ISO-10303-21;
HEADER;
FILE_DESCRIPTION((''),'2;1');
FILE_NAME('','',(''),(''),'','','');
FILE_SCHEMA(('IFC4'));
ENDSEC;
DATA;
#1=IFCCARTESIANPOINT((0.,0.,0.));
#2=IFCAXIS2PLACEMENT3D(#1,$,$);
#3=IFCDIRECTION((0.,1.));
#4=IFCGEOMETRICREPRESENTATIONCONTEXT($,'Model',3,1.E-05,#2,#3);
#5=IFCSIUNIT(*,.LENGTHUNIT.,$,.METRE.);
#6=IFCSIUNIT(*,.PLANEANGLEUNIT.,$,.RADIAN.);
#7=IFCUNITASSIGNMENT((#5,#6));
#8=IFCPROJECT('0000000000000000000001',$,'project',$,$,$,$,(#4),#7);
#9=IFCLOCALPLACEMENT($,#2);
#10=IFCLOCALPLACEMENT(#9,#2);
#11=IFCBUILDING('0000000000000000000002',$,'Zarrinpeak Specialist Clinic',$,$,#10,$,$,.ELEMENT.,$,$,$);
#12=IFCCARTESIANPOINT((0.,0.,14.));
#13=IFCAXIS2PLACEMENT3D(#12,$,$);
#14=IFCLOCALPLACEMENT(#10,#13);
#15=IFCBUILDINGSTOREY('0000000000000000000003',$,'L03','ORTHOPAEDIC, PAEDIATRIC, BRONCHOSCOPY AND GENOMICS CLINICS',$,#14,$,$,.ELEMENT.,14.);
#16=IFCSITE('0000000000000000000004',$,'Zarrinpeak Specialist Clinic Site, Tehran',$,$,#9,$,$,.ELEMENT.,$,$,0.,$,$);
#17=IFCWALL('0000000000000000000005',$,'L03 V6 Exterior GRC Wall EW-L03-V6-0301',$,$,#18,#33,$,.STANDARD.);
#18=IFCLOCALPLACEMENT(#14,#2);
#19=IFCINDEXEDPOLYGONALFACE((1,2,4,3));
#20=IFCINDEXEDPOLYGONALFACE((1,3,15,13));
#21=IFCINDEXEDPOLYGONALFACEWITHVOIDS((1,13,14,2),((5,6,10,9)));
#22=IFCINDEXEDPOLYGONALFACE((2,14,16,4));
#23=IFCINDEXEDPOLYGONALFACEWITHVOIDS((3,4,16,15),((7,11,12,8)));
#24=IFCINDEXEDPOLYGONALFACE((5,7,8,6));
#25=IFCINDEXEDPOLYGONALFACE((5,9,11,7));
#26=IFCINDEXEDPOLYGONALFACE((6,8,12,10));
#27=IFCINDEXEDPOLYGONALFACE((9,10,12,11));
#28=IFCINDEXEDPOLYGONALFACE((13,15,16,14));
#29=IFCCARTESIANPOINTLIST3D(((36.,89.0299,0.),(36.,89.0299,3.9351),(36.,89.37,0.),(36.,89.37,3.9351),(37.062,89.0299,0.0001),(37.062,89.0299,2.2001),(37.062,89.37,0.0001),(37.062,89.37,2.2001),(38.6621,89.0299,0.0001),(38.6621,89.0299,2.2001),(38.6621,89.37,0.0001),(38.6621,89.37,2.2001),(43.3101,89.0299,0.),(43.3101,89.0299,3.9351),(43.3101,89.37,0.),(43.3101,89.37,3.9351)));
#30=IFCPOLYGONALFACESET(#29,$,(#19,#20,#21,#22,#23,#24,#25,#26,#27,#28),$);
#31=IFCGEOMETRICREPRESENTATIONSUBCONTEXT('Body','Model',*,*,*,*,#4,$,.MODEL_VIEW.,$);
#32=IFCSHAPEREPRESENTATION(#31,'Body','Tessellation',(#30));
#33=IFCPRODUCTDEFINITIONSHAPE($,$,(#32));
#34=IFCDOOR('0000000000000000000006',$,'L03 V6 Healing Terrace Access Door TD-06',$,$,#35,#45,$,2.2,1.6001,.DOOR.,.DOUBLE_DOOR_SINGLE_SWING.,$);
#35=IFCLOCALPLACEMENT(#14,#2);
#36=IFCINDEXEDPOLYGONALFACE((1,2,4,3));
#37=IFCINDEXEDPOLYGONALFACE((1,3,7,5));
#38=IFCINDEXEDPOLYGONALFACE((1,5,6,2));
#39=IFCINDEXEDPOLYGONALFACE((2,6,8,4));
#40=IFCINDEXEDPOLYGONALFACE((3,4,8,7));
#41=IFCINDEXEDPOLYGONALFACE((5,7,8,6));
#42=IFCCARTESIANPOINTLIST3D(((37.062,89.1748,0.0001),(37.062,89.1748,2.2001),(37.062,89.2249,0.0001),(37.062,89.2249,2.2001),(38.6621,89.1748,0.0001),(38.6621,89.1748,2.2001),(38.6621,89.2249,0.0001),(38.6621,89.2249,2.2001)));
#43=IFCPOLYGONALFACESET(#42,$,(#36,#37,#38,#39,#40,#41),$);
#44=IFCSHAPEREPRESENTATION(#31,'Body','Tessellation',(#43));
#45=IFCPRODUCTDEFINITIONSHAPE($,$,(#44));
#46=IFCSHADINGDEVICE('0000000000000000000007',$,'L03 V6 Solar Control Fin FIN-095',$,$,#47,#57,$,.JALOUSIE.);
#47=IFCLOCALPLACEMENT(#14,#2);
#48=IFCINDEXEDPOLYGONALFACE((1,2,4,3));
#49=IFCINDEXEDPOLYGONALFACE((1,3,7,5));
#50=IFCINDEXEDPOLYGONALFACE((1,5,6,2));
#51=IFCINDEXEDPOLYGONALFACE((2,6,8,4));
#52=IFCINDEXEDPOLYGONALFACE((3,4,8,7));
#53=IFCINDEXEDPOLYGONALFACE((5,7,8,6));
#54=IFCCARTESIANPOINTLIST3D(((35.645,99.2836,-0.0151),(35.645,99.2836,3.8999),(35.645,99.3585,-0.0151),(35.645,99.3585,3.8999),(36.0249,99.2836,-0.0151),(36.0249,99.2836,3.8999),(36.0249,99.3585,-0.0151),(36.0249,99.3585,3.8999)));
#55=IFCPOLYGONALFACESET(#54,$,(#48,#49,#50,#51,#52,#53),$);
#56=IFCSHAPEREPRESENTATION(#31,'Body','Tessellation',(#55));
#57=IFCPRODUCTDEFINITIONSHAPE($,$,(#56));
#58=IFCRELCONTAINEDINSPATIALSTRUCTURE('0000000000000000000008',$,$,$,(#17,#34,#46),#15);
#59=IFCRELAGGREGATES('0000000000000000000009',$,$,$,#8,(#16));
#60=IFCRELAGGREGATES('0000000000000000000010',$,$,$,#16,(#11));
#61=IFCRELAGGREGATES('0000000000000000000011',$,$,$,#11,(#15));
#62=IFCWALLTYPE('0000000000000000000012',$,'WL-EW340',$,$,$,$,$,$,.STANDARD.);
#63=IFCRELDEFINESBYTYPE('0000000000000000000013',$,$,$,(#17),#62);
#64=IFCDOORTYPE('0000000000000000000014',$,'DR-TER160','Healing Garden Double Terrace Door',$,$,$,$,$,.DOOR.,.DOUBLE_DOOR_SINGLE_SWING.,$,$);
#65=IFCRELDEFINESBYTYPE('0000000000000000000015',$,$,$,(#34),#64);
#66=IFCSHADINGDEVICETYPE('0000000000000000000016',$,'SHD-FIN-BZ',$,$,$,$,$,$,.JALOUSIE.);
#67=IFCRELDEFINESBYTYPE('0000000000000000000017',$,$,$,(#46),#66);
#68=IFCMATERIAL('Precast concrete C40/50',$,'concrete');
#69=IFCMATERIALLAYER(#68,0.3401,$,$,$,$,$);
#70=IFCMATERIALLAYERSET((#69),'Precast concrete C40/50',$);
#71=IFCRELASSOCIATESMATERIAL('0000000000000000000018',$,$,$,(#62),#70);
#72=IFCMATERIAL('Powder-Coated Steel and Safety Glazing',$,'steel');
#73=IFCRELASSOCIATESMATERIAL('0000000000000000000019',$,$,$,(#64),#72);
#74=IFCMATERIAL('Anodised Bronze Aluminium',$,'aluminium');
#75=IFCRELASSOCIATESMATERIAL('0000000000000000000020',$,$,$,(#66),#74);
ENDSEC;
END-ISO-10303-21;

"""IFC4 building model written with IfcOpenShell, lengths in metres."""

from ifc_helpers import new_model, si_unit, direction, frame, frame_2d, origin, origin_2d, place, context, subcontext, project, spatial, rectangle, extrude, material, layer, layer_set, type_object, element, fill, save


model = new_model("IFC4")

# Units and contexts
model_context = context("Model", 3, precision=1e-05, world=origin(), true_north=direction((0.0, 1.0)))
body_context = subcontext(model_context, "Body", "Model", "MODEL_VIEW")
ifc_project = project(units=[si_unit("LENGTHUNIT", "METRE"), si_unit("PLANEANGLEUNIT", "RADIAN")], contexts=[model_context])

# Site, building, storey
site_placement = place(None, origin())
site = spatial("IfcSite", under=ifc_project, at=site_placement, Name="Zarrinpeak Specialist Clinic Site, Tehran", CompositionType="ELEMENT", RefElevation=0.0)
building_placement = place(site_placement, origin())
building = spatial("IfcBuilding", under=site, at=building_placement, Name="Zarrinpeak Specialist Clinic", CompositionType="ELEMENT")
storey_placement = place(building_placement, frame((0.0, 0.0, 14.0)))
storey = spatial("IfcBuildingStorey", under=building, at=storey_placement, Name="L03", Description="ORTHOPAEDIC, PAEDIATRIC, BRONCHOSCOPY AND GENOMICS CLINICS", CompositionType="ELEMENT", Elevation=14.0)

# Shared definitions
ifc_material_1 = material(Name="Precast concrete C40/50", Category="concrete")
ifc_layer_1 = layer(ifc_material_1, 0.3401)
ifc_layer_set_1 = layer_set([ifc_layer_1], Name="Precast concrete C40/50")
wall_type = type_object("IfcWallType", Name="WL-EW340", PredefinedType="STANDARD", material=ifc_layer_set_1)

# Wall, opening, door
wall_1_placement = place(storey_placement, frame((36.0, 89.2, 0.0), z_axis=(0.0, 0.0, 1.0), x_axis=(1.0, 0.0, 0.0)))
wall_1 = element("IfcWall", 1, at=wall_1_placement, inside=storey, type_object=wall_type, Name="L03 V6 Exterior GRC Wall EW-L03-V6-0301", PredefinedType="STANDARD", context=body_context, shape_type="SweptSolid", body=[
    extrude(rectangle(XDim=7.3101, YDim=0.3401, at=frame_2d((3.655, 0.0))), origin(), (0.0, 0.0, 1.0), 3.9351),
])
opening_1_placement = place(wall_1_placement, frame((1.062, 0.0, 0.0)))
opening_1 = element("IfcOpeningElement", 2, at=opening_1_placement, cuts=wall_1, PredefinedType="OPENING", context=body_context, shape_type="SweptSolid", body=[
    extrude(rectangle(XDim=1.6001, YDim=2.2, at=frame_2d((0.8, 1.1001))), frame((0.0, 0.1802, 0.0), z_axis=(0.0, -1.0, 0.0), x_axis=(1.0, 0.0, 0.0)), (0.0, 0.0, 1.0), 0.3601),
])
ifc_material_2 = material(Name="Powder-Coated Steel and Safety Glazing", Category="steel")
door_type = type_object("IfcDoorType", Name="DR-TER160", Description="Healing Garden Double Terrace Door", OperationType="DOUBLE_DOOR_SINGLE_SWING", PredefinedType="DOOR", material=ifc_material_2)
door_placement = place(opening_1_placement, origin())
door = element("IfcDoor", 3, at=door_placement, inside=storey, type_object=door_type, Name="L03 V6 Healing Terrace Access Door TD-06", OperationType="DOUBLE_DOOR_SINGLE_SWING", OverallHeight=2.2, OverallWidth=1.6001, PredefinedType="DOOR", context=body_context, shape_type="SweptSolid", body=[
    extrude(rectangle(XDim=1.6001, YDim=2.2, at=frame_2d((0.8, 1.1001))), frame((0.0, 0.0249, 0.0), z_axis=(0.0, -1.0, 0.0), x_axis=(1.0, 0.0, 0.0)), (0.0, 0.0, 1.0), 0.05),
])
fill(opening_1, door)

# Shading device
ifc_material_3 = material(Name="Anodised Bronze Aluminium", Category="aluminium")
shading_device_type = type_object("IfcShadingDeviceType", Name="SHD-FIN-BZ", PredefinedType="JALOUSIE", material=ifc_material_3)
shading_device_placement = place(storey_placement, frame((35.835, 99.321, -0.0151), z_axis=(0.0, 0.0, 1.0), x_axis=(1.0, 0.0, 0.0)))
element("IfcShadingDevice", 4, at=shading_device_placement, inside=storey, type_object=shading_device_type, Name="L03 V6 Solar Control Fin FIN-095", PredefinedType="JALOUSIE", context=body_context, shape_type="SweptSolid", body=[
    extrude(rectangle(XDim=0.3799, YDim=0.075, at=origin_2d()), origin(), (0.0, 0.0, 1.0), 3.915),
])

save(model, "model.ifc")
